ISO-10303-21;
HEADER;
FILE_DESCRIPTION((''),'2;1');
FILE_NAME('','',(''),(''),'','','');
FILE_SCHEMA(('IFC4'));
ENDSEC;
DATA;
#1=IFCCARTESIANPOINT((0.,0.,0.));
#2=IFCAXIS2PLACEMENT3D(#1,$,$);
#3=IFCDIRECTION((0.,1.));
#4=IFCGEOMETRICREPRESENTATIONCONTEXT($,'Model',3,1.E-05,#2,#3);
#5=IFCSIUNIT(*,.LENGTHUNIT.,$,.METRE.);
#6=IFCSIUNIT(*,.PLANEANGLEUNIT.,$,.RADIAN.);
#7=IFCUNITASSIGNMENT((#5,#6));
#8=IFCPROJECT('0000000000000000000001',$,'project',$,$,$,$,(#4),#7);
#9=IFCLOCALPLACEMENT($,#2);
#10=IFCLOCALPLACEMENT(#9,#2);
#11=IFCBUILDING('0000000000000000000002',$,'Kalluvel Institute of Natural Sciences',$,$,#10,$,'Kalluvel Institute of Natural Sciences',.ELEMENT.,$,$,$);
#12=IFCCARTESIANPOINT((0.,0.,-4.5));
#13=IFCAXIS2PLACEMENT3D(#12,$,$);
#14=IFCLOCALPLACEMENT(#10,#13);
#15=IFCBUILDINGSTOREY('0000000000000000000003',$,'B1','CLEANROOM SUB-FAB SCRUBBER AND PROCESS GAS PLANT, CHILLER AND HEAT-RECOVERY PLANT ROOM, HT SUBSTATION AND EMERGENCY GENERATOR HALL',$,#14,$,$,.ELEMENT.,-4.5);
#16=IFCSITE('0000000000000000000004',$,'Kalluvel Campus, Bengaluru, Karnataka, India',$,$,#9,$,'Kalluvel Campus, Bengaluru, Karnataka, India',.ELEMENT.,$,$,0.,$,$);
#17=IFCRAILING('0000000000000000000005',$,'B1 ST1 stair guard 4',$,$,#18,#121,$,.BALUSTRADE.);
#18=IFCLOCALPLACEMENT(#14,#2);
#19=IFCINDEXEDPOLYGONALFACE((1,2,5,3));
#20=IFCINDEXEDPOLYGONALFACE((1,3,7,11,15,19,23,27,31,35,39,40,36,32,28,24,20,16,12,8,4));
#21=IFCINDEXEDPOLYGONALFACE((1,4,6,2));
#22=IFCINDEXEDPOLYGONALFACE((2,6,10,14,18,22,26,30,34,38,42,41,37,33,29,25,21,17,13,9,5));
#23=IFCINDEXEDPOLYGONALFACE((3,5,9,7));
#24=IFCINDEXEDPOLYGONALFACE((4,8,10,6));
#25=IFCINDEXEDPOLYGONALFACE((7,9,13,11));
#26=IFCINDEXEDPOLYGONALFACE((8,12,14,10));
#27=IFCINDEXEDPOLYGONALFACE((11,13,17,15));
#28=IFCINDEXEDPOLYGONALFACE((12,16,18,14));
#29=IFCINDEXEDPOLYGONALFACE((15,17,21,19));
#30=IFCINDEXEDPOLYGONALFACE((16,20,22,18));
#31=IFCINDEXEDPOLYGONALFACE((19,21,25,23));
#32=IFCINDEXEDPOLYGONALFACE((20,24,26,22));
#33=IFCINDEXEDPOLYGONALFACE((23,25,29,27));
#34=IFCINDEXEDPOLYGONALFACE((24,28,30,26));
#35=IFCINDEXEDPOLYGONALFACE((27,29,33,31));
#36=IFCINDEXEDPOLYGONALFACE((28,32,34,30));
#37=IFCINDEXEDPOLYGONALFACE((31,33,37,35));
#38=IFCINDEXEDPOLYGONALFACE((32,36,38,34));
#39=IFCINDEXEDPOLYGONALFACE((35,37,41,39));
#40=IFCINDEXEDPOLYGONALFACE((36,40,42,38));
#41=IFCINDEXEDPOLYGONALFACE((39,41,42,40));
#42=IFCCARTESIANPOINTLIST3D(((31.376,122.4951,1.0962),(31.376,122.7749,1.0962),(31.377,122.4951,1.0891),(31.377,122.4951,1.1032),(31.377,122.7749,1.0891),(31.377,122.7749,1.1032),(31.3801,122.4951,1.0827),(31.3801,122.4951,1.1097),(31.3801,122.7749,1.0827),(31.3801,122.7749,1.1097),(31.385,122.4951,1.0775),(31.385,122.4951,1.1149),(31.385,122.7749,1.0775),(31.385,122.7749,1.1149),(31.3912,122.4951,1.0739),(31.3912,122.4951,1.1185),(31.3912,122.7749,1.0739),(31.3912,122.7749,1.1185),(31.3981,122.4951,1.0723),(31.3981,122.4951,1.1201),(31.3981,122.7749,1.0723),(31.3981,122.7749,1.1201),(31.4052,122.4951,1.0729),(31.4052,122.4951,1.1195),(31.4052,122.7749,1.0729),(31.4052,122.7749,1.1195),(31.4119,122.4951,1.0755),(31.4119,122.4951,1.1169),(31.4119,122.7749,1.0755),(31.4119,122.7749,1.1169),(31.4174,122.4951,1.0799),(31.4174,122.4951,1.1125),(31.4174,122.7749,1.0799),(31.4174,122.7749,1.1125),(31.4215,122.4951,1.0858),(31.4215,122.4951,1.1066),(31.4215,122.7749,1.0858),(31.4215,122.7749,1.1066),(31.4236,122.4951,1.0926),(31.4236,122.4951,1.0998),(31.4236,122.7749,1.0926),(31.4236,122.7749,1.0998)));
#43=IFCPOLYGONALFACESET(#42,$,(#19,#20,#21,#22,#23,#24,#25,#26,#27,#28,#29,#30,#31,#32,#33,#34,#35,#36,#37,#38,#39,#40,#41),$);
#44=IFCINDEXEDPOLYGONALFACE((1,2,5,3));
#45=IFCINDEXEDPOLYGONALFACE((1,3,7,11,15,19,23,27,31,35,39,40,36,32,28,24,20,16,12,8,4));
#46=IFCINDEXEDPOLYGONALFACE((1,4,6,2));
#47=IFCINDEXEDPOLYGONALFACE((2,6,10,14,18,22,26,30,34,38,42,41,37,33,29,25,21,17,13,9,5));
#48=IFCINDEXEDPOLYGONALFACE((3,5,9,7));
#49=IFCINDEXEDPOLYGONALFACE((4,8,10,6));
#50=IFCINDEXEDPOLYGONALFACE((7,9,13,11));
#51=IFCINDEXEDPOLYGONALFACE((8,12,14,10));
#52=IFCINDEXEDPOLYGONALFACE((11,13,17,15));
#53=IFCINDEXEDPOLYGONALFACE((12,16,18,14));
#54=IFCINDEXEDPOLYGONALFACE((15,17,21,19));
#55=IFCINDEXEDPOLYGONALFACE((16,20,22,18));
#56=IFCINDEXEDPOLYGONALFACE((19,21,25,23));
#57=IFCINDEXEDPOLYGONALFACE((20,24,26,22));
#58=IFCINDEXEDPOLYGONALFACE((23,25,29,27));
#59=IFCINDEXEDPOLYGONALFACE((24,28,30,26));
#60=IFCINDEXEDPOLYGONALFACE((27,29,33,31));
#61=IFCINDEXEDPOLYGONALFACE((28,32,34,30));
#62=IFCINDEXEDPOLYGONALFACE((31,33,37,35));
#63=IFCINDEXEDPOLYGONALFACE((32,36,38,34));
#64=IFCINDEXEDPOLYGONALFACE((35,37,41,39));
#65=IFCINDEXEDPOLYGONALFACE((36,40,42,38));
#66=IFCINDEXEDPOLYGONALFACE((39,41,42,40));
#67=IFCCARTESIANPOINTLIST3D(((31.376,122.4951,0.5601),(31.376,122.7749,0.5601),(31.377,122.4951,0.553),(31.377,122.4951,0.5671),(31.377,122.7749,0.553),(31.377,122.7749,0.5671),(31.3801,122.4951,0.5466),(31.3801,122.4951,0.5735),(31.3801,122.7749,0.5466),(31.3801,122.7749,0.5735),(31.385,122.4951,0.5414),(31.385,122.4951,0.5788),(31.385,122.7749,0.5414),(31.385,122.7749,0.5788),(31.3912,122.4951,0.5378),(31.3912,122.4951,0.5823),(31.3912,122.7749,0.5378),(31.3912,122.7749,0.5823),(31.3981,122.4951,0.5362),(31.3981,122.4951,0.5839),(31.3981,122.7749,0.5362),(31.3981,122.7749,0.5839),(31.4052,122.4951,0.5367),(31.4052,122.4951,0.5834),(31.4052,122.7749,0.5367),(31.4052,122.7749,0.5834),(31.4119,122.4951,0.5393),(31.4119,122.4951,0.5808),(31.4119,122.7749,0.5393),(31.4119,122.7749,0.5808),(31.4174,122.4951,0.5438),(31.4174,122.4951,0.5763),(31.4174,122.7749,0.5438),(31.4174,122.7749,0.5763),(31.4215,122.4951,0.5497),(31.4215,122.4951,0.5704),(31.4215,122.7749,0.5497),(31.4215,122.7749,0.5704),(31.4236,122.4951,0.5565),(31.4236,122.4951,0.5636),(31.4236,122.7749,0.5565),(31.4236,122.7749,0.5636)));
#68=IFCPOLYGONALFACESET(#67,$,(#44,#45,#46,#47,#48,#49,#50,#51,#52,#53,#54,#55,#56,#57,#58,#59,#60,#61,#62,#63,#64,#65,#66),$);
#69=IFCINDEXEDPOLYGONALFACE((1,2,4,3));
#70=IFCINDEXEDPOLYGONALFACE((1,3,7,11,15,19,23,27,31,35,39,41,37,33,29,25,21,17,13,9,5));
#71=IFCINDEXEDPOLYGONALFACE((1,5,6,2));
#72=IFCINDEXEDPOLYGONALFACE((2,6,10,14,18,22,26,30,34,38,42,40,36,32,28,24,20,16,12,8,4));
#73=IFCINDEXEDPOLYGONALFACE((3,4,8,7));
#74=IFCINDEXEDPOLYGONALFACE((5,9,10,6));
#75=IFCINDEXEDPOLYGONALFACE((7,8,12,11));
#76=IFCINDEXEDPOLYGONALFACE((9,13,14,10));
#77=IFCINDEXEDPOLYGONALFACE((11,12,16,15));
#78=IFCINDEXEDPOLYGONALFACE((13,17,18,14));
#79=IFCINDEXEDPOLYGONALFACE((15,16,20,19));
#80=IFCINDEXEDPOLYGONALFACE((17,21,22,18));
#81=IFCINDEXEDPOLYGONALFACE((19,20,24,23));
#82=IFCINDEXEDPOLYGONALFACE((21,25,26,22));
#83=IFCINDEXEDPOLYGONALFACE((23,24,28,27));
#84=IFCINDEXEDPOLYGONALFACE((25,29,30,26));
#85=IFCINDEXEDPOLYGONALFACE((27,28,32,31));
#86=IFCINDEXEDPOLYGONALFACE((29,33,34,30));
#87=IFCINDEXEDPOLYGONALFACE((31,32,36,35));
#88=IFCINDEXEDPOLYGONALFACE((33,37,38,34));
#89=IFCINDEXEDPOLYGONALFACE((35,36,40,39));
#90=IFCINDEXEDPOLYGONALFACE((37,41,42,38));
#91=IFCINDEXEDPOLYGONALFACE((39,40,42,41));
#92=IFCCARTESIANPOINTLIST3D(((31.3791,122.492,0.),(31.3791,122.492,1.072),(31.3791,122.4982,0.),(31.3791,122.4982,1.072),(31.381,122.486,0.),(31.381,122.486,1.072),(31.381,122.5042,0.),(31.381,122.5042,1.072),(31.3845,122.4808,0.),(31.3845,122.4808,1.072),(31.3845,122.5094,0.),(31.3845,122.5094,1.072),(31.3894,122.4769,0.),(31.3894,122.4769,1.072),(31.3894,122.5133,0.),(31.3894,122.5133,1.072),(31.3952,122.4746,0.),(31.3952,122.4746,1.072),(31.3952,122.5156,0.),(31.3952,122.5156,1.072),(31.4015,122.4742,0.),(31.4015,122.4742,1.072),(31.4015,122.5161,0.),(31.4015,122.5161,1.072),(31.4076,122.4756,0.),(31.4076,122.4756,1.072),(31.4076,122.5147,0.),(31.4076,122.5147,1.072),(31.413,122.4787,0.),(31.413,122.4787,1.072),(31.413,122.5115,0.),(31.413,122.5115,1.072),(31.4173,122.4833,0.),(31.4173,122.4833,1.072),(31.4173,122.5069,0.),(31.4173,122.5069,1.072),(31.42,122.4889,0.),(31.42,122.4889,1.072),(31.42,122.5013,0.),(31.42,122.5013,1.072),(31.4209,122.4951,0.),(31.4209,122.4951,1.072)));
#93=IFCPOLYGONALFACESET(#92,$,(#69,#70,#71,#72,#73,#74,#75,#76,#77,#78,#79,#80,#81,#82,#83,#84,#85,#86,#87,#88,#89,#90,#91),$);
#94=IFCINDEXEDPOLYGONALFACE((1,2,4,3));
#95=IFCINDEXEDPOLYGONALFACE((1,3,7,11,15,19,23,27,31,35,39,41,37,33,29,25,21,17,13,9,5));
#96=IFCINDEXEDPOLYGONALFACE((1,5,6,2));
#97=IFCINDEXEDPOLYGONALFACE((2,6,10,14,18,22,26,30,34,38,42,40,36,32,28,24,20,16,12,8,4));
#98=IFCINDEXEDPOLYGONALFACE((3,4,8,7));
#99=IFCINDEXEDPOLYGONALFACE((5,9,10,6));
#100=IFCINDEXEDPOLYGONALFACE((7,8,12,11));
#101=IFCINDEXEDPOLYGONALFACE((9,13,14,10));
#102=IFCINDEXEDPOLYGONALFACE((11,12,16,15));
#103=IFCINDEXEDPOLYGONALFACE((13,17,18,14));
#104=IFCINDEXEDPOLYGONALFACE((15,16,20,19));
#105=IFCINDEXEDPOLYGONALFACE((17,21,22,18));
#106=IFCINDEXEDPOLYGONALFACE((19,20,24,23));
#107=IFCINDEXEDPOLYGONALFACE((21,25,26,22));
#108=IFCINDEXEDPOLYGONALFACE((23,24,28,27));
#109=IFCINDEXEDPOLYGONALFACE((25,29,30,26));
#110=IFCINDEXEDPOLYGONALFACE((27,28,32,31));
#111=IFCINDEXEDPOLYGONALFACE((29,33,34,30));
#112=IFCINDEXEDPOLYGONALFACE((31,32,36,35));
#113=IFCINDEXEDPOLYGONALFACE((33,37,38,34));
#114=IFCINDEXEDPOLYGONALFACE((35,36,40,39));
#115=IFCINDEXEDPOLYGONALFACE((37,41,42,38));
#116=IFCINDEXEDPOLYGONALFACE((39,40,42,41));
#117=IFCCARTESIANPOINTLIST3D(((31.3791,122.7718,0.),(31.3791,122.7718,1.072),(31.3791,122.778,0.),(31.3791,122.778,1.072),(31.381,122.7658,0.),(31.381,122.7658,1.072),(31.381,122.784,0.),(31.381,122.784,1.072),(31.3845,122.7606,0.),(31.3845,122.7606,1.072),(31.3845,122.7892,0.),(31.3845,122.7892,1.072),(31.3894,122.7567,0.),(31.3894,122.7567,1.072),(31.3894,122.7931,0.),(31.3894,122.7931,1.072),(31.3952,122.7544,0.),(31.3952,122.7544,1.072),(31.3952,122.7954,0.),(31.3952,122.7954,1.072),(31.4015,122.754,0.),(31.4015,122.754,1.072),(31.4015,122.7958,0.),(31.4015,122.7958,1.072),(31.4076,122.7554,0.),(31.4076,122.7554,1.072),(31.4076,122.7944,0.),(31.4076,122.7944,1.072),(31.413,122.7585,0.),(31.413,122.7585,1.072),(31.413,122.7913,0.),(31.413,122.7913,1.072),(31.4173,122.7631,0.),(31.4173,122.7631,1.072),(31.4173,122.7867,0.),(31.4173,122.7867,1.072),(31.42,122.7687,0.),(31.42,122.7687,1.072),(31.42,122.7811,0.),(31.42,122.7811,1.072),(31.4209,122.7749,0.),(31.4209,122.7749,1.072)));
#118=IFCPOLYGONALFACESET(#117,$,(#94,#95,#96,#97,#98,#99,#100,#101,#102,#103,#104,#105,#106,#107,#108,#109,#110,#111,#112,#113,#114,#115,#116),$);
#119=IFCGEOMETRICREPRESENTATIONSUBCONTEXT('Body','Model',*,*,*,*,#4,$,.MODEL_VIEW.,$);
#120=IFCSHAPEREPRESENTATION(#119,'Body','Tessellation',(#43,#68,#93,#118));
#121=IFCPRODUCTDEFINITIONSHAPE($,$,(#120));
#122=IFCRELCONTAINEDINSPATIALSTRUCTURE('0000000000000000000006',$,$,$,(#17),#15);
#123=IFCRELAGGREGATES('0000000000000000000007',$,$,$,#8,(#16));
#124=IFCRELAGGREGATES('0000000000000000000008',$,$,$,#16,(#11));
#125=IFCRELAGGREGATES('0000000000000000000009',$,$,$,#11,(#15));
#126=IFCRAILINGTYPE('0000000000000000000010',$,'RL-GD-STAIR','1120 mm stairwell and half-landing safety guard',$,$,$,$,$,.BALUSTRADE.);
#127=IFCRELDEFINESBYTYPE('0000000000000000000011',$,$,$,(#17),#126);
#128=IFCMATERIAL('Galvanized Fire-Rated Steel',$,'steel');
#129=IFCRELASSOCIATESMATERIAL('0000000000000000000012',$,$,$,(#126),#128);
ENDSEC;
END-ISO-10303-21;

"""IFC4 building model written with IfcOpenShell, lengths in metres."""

from ifc_helpers import new_model, si_unit, direction, frame, origin, origin_2d, place, context, subcontext, project, spatial, circle, extrude, material, type_object, element, save


model = new_model("IFC4")

# Units and contexts
model_context = context("Model", 3, precision=1e-05, world=origin(), true_north=direction((0.0, 1.0)))
body_context = subcontext(model_context, "Body", "Model", "MODEL_VIEW")
ifc_project = project(units=[si_unit("LENGTHUNIT", "METRE"), si_unit("PLANEANGLEUNIT", "RADIAN")], contexts=[model_context])

# Site, building, storey
site_placement = place(None, origin())
site = spatial("IfcSite", under=ifc_project, at=site_placement, Name="Kalluvel Campus, Bengaluru, Karnataka, India", LongName="Kalluvel Campus, Bengaluru, Karnataka, India", CompositionType="ELEMENT", RefElevation=0.0)
building_placement = place(site_placement, origin())
building = spatial("IfcBuilding", under=site, at=building_placement, Name="Kalluvel Institute of Natural Sciences", LongName="Kalluvel Institute of Natural Sciences", CompositionType="ELEMENT")
storey_placement = place(building_placement, frame((0.0, 0.0, -4.5)))
storey = spatial("IfcBuildingStorey", under=building, at=storey_placement, Name="B1", Description="CLEANROOM SUB-FAB SCRUBBER AND PROCESS GAS PLANT, CHILLER AND HEAT-RECOVERY PLANT ROOM, HT SUBSTATION AND EMERGENCY GENERATOR HALL", CompositionType="ELEMENT", Elevation=-4.5)

# Shared definitions
ifc_material_1 = material(Name="Galvanized Fire-Rated Steel", Category="steel")

# Railing
railing_type_1 = type_object("IfcRailingType", Name="RL-GD-STAIR", Description="1120 mm stairwell and half-landing safety guard", PredefinedType="BALUSTRADE", material=ifc_material_1)
railing_1_placement = place(storey_placement, frame((31.3999, 122.4951, 0.0)))
element("IfcRailing", 1, at=railing_1_placement, inside=storey, type_object=railing_type_1, Name="B1 ST1 stair guard 4", PredefinedType="BALUSTRADE", context=body_context, shape_type="SweptSolid", body=[
    extrude(circle(Radius=0.0239, at=origin_2d()), frame((0.0, 0.0, 1.0962), z_axis=(0.0, 1.0, 0.0), x_axis=(-1.0, 0.0, 0.0)), (0.0, 0.0, 1.0), 0.2798),
    extrude(circle(Radius=0.0239, at=origin_2d()), frame((0.0, 0.0, 0.5601), z_axis=(0.0, 1.0, 0.0), x_axis=(-1.0, 0.0, 0.0)), (0.0, 0.0, 1.0), 0.2798),
    extrude(circle(Radius=0.021, at=origin_2d()), origin(), (0.0, 0.0, 1.0), 1.072),
    extrude(circle(Radius=0.021, at=origin_2d()), frame((0.0, 0.2798, 0.0)), (0.0, 0.0, 1.0), 1.072),
])

save(model, "model.ifc")
